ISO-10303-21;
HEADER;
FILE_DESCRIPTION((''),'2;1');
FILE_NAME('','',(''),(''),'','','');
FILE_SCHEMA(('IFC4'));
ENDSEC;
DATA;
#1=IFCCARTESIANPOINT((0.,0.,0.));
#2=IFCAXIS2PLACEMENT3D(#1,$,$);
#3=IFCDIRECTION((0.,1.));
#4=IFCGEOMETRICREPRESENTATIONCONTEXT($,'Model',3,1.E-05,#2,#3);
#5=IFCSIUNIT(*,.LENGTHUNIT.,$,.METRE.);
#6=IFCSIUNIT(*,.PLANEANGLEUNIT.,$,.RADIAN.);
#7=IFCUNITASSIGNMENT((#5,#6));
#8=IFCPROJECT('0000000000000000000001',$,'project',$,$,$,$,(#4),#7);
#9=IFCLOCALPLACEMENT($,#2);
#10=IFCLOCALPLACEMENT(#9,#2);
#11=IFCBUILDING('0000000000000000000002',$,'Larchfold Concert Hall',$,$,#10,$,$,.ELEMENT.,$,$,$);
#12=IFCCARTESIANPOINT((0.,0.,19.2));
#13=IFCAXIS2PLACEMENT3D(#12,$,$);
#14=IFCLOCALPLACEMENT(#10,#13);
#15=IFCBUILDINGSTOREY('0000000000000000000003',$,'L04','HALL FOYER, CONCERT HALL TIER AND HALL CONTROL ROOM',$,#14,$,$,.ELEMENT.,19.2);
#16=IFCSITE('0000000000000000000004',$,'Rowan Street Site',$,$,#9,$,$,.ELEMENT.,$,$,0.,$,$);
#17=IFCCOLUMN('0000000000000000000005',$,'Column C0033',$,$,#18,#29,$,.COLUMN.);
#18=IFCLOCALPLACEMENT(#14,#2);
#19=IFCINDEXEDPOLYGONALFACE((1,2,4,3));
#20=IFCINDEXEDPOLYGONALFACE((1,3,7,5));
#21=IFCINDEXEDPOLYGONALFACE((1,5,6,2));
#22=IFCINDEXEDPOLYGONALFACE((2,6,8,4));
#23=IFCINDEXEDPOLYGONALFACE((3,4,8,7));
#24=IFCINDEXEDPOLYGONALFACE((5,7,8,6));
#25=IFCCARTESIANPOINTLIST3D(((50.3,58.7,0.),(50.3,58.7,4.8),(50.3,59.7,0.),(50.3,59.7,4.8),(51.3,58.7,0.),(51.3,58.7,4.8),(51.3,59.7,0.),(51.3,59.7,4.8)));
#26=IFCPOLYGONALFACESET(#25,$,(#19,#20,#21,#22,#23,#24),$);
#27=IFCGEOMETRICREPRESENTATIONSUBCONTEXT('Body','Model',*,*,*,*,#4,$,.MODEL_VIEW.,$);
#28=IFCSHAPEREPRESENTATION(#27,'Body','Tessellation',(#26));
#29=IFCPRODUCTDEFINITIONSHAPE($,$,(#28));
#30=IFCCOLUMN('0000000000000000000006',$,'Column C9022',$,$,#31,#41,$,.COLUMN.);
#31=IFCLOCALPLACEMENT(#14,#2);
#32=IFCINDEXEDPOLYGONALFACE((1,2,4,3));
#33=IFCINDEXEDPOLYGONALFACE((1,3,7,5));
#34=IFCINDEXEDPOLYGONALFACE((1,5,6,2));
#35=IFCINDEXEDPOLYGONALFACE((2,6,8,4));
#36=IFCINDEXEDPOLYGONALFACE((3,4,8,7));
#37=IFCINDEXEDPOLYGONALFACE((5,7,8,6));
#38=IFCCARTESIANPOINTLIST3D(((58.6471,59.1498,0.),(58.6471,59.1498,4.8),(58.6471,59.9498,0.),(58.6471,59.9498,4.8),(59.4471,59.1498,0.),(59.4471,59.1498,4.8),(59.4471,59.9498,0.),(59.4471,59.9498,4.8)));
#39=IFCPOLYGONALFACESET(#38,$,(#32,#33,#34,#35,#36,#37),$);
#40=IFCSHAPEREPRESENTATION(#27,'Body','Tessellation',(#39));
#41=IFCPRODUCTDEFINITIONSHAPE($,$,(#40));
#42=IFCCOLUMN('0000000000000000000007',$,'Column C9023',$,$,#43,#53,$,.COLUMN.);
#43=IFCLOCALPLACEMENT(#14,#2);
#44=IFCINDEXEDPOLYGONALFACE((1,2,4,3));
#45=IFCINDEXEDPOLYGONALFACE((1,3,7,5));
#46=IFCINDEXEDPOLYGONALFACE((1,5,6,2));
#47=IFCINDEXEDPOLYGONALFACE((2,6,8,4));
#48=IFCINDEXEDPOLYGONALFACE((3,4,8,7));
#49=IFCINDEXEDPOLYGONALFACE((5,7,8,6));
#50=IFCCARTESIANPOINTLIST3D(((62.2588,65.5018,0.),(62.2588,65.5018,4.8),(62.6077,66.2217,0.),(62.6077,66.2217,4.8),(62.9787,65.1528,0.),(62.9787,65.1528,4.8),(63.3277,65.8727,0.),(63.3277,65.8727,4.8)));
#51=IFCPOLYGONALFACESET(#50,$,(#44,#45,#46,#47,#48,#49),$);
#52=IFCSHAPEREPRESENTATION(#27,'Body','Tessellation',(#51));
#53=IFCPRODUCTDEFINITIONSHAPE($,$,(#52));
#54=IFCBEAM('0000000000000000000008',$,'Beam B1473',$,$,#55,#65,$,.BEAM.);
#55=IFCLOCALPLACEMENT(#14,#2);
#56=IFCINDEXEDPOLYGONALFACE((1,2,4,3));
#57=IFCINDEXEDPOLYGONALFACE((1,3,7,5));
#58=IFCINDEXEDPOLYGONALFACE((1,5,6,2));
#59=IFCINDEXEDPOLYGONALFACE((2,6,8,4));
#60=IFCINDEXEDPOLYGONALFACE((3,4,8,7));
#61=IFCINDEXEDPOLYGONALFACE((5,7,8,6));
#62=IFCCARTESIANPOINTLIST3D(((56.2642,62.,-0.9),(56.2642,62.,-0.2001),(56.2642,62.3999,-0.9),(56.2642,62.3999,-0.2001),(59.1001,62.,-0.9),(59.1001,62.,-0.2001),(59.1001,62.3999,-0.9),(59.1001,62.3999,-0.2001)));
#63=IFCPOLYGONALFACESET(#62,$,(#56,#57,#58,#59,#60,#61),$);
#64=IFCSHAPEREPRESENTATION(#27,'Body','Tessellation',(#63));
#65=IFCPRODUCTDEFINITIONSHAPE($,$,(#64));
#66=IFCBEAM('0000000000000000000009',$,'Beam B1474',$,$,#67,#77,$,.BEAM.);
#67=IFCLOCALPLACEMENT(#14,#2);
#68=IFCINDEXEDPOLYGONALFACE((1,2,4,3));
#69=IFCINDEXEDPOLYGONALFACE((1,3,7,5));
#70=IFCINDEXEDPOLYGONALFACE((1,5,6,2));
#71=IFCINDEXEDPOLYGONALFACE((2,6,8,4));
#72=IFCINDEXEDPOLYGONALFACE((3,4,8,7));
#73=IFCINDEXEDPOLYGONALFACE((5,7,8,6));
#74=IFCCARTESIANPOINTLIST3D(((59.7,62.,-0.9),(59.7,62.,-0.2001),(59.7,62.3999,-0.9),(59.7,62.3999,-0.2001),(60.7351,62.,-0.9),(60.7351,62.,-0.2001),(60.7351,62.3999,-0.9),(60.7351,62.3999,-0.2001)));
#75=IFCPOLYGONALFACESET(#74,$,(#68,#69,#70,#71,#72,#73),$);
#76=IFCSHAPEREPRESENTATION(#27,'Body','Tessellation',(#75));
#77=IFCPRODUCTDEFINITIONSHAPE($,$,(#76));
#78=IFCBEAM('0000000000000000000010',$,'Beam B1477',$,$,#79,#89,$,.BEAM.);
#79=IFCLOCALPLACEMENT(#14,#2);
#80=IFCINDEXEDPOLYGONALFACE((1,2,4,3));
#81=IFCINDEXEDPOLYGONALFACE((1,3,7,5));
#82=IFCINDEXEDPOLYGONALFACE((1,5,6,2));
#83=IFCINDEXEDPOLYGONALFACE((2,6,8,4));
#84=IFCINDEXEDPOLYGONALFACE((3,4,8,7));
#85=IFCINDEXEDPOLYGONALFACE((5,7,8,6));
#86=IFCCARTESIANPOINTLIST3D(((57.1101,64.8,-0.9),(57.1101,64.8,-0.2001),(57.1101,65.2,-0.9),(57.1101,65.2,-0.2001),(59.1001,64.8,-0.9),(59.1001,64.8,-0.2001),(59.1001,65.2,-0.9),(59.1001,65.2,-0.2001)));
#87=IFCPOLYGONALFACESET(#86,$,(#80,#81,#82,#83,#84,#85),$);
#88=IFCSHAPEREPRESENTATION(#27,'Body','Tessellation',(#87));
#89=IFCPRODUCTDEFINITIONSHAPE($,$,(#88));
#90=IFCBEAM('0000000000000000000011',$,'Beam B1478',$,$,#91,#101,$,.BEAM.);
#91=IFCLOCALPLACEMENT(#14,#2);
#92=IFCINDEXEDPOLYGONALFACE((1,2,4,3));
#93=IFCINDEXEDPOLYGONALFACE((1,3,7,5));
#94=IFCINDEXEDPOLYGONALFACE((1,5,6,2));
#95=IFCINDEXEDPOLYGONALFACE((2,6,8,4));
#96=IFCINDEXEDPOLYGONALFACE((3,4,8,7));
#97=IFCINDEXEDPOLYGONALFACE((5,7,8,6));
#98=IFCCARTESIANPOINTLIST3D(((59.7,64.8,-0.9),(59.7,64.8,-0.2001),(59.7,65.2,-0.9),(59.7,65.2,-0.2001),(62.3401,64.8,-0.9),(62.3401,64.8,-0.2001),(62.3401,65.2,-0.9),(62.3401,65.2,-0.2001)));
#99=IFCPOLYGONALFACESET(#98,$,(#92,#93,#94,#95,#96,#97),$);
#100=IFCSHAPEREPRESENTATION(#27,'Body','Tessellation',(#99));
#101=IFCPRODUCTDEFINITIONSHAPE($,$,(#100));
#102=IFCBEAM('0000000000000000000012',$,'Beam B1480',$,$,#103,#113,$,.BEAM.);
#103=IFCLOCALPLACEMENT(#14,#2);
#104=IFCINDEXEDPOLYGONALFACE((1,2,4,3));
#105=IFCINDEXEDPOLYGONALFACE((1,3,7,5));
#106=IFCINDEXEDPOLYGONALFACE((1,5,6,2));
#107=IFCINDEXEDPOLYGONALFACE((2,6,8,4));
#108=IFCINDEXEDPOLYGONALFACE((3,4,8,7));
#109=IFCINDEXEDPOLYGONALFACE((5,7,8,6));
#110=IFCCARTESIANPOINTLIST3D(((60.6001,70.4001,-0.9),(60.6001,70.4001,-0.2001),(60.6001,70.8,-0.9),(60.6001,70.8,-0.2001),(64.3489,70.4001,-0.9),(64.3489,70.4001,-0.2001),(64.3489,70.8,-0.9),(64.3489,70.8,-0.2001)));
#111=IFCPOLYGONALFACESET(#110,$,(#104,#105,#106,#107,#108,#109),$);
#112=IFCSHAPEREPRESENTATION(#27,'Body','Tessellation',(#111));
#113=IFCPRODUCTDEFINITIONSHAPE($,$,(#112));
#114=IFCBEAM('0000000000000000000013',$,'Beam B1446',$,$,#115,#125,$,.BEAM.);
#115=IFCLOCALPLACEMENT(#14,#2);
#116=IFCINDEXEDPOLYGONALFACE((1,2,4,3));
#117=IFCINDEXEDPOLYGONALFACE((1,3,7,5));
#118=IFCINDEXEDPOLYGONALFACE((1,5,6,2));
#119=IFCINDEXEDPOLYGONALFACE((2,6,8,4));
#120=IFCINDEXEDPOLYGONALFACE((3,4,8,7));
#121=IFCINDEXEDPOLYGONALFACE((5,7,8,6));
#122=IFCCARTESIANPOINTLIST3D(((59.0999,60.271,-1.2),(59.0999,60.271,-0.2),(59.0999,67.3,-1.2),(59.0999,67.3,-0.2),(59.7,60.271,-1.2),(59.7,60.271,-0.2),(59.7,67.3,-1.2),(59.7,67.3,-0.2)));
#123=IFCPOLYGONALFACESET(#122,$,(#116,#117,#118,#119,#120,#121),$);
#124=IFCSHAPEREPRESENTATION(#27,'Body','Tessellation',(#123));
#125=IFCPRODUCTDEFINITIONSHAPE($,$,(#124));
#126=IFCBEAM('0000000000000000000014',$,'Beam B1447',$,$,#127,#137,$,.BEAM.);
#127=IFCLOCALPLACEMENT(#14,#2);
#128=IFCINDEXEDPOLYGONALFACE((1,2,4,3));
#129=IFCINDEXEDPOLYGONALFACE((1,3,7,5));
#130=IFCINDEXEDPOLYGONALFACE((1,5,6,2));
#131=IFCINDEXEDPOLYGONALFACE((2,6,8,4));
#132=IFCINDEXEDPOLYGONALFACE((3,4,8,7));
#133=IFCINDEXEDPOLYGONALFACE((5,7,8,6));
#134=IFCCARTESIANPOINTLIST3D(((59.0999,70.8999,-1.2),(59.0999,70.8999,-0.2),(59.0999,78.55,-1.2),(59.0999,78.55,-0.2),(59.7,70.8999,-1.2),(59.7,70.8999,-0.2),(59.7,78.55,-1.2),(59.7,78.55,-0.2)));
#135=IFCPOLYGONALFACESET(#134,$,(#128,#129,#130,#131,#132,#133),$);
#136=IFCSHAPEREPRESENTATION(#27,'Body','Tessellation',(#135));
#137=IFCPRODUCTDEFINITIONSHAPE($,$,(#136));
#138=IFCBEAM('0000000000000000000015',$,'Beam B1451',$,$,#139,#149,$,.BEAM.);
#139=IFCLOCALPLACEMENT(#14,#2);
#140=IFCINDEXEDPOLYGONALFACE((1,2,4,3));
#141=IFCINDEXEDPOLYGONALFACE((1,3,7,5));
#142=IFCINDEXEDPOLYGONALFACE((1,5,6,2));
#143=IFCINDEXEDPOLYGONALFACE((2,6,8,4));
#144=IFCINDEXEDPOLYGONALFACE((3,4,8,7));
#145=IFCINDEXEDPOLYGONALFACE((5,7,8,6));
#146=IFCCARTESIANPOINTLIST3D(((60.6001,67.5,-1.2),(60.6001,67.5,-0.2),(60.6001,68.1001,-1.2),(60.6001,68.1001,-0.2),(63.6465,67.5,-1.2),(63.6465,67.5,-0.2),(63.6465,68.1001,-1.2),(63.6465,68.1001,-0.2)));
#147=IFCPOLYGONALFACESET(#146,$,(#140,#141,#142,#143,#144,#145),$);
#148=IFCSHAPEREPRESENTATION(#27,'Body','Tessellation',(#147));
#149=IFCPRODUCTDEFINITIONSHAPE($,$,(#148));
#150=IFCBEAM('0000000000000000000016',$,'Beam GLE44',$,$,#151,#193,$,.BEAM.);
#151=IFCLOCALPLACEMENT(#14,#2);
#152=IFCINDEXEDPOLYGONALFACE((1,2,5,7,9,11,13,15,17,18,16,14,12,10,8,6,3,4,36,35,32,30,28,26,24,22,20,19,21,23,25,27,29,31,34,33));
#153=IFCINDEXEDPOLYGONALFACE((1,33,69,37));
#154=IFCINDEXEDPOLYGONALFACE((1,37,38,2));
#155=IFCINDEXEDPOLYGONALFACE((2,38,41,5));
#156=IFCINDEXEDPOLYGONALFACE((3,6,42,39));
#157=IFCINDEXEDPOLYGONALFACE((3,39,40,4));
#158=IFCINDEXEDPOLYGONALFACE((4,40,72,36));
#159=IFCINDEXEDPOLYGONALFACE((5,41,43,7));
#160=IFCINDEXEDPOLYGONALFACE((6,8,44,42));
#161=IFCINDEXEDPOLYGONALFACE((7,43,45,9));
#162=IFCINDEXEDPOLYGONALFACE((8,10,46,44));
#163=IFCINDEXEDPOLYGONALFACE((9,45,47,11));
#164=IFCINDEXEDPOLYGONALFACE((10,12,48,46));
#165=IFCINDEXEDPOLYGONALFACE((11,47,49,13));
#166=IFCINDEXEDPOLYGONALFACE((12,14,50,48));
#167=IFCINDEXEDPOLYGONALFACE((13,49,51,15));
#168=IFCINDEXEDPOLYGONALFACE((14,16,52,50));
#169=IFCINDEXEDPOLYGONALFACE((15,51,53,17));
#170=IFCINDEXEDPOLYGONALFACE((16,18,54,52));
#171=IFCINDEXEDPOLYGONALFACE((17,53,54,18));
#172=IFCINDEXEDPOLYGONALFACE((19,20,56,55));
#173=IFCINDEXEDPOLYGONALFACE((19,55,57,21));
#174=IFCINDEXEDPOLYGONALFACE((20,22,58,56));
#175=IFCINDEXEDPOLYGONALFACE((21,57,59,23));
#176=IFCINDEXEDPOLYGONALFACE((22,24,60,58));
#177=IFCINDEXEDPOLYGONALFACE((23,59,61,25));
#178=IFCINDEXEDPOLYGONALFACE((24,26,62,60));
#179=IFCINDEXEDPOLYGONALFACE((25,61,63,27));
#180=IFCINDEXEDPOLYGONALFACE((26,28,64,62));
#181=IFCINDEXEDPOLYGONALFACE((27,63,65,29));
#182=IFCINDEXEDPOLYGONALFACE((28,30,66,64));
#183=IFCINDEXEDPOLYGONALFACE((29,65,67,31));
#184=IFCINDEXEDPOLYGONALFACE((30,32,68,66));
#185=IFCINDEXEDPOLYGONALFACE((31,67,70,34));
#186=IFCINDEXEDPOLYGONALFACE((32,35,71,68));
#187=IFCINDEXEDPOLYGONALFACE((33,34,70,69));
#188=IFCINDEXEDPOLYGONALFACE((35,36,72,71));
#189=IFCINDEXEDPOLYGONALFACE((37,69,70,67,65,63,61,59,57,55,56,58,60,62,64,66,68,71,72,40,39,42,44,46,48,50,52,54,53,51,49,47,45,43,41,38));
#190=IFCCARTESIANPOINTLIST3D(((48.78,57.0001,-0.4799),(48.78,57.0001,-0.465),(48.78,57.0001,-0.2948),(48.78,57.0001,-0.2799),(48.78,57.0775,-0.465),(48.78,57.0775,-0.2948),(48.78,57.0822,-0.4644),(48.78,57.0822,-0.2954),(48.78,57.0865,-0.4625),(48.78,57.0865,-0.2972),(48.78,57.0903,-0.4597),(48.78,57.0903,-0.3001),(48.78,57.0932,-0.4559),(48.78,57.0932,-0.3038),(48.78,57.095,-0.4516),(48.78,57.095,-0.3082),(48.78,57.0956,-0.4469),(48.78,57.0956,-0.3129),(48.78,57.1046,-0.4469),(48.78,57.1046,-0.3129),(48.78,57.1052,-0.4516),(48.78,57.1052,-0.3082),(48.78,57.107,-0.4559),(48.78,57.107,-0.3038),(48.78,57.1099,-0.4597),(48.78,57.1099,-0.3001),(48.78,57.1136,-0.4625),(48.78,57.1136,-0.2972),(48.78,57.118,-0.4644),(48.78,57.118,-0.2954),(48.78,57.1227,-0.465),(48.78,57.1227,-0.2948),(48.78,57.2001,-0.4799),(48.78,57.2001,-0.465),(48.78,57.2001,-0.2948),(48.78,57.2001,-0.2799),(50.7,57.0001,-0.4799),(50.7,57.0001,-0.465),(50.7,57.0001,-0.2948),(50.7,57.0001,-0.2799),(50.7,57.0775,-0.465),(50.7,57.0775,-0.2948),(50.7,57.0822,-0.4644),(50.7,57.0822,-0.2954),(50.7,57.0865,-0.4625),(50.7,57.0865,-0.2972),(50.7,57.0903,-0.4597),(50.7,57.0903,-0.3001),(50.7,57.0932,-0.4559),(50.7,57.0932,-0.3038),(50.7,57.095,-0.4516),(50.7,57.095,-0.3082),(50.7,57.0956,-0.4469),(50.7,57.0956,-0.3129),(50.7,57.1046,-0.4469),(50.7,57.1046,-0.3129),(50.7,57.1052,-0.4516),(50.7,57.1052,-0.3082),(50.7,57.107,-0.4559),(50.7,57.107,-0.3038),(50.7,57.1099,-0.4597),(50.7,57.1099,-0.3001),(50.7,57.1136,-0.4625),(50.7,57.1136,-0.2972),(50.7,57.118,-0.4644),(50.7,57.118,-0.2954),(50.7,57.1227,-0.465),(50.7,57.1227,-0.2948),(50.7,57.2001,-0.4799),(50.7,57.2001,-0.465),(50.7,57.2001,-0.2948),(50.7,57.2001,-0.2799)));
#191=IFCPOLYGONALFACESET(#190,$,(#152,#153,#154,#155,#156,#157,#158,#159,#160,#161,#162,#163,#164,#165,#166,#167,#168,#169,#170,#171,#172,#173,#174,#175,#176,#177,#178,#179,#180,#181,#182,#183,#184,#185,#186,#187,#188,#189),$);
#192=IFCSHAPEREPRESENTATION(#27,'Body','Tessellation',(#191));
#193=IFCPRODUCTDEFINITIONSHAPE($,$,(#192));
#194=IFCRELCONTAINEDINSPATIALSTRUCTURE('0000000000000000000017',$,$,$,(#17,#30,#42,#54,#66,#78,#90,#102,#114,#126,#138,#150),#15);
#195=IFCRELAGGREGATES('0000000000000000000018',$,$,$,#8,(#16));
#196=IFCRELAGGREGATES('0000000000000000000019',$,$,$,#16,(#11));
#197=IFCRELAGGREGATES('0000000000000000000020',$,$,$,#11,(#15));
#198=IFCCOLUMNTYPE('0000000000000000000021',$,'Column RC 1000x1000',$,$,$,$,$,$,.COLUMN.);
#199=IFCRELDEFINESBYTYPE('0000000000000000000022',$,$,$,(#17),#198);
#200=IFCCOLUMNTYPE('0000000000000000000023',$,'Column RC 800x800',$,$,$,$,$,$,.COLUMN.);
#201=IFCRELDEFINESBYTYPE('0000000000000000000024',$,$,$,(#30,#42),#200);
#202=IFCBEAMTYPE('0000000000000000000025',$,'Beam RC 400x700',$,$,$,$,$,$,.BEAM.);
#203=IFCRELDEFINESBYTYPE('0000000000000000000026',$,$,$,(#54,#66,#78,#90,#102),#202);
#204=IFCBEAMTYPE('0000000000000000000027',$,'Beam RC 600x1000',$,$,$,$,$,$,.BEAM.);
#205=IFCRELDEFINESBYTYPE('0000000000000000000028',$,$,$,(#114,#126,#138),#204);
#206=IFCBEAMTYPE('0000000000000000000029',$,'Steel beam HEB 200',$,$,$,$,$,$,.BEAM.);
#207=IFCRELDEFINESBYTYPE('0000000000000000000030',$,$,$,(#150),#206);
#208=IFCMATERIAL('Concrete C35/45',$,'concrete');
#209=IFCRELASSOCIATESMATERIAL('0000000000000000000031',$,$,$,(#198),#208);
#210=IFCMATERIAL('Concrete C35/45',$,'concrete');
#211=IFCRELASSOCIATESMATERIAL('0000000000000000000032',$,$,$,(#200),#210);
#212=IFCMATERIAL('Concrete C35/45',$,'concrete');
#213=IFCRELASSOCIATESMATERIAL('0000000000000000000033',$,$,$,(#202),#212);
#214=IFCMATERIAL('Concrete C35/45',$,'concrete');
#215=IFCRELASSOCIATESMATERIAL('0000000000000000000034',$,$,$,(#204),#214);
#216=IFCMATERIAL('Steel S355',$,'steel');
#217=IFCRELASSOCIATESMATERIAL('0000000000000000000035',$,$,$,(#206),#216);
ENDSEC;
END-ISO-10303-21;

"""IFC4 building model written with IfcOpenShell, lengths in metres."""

from ifc_helpers import new_model, si_unit, direction, frame, origin, origin_2d, place, context, subcontext, project, spatial, rectangle, i_section, extrude, material, material_profile, profile_set, type_object, element, save


model = new_model("IFC4")

# Units and contexts
model_context = context("Model", 3, precision=1e-05, world=origin(), true_north=direction((0.0, 1.0)))
body_context = subcontext(model_context, "Body", "Model", "MODEL_VIEW")
ifc_project = project(units=[si_unit("LENGTHUNIT", "METRE"), si_unit("PLANEANGLEUNIT", "RADIAN")], contexts=[model_context])

# Site, building, storey
site_placement = place(None, origin())
site = spatial("IfcSite", under=ifc_project, at=site_placement, Name="Rowan Street Site", CompositionType="ELEMENT", RefElevation=0.0)
building_placement = place(site_placement, origin())
building = spatial("IfcBuilding", under=site, at=building_placement, Name="Larchfold Concert Hall", CompositionType="ELEMENT")
storey_placement = place(building_placement, frame((0.0, 0.0, 19.2)))
storey = spatial("IfcBuildingStorey", under=building, at=storey_placement, Name="L04", Description="HALL FOYER, CONCERT HALL TIER AND HALL CONTROL ROOM", CompositionType="ELEMENT", Elevation=19.2)

# Columns
ifc_material_1 = material(Name="Concrete C35/45", Category="concrete")
ifc_material_profile_1 = material_profile(ifc_material_1, rectangle(XDim=1.0, YDim=1.0, at=origin_2d()))
ifc_profile_set_1 = profile_set([ifc_material_profile_1], Name="Concrete C35/45")
column_type_1 = type_object("IfcColumnType", Name="Column RC 1000x1000", PredefinedType="COLUMN", material=ifc_profile_set_1)
column_placement = place(storey_placement, frame((50.8, 59.2, 0.0), z_axis=(0.0, 0.0, 1.0), x_axis=(1.0, 0.0, 0.0)))
element("IfcColumn", 1, at=column_placement, inside=storey, type_object=column_type_1, Name="Column C0033", PredefinedType="COLUMN", context=body_context, shape_type="SweptSolid", body=[
    extrude(rectangle(XDim=1.0, YDim=1.0, at=origin_2d()), origin(), (0.0, 0.0, 1.0), 4.8),
])
ifc_material_2 = material(Name="Concrete C35/45", Category="concrete")
ifc_material_profile_2 = material_profile(ifc_material_2, rectangle(XDim=0.8, YDim=0.8, at=origin_2d()))
ifc_profile_set_2 = profile_set([ifc_material_profile_2], Name="Concrete C35/45")
column_type_2 = type_object("IfcColumnType", Name="Column RC 800x800", PredefinedType="COLUMN", material=ifc_profile_set_2)
for number, where, z_axis, x_axis, name in (
    (2, (59.0471, 59.5498, 0.0), (0.0, 0.0, 1.0), (1.0, 0.0, 0.0), "Column C9022"),
    (3, (62.7932, 65.6873, 0.0), (0.0, 0.0, 1.0), (0.436211, 0.899844, 0.0), "Column C9023"),
):
    element("IfcColumn", number, at=place(storey_placement, frame(where, z_axis=z_axis, x_axis=x_axis)), inside=storey, type_object=column_type_2, Name=name, PredefinedType="COLUMN", context=body_context, shape_type="SweptSolid", body=[
        extrude(rectangle(XDim=0.8, YDim=0.8, at=origin_2d()), origin(), (0.0, 0.0, 1.0), 4.8),
    ])

# Beams
ifc_material_3 = material(Name="Concrete C35/45", Category="concrete")
ifc_material_profile_3 = material_profile(ifc_material_3, rectangle(XDim=0.3999, YDim=0.7, at=origin_2d()))
ifc_profile_set_3 = profile_set([ifc_material_profile_3], Name="Concrete C35/45")
beam_type_1 = type_object("IfcBeamType", Name="Beam RC 400x700", PredefinedType="BEAM", material=ifc_profile_set_3)
beam_1_placement = place(storey_placement, frame((56.2642, 62.2, -0.55), z_axis=(1.0, 0.0, 0.0), x_axis=(0.0, 1.0, 0.0)))
element("IfcBeam", 4, at=beam_1_placement, inside=storey, type_object=beam_type_1, Name="Beam B1473", PredefinedType="BEAM", context=body_context, shape_type="SweptSolid", body=[
    extrude(rectangle(XDim=0.3999, YDim=0.7, at=origin_2d()), origin(), (0.0, 0.0, 1.0), 2.8359),
])
beam_2_placement = place(storey_placement, frame((59.7, 62.2, -0.55), z_axis=(1.0, 0.0, 0.0), x_axis=(0.0, 1.0, 0.0)))
element("IfcBeam", 5, at=beam_2_placement, inside=storey, type_object=beam_type_1, Name="Beam B1474", PredefinedType="BEAM", context=body_context, shape_type="SweptSolid", body=[
    extrude(rectangle(XDim=0.3999, YDim=0.7, at=origin_2d()), origin(), (0.0, 0.0, 1.0), 1.0352),
])
beam_3_placement = place(storey_placement, frame((57.1101, 65.0, -0.55), z_axis=(1.0, 0.0, 0.0), x_axis=(0.0, 1.0, 0.0)))
element("IfcBeam", 6, at=beam_3_placement, inside=storey, type_object=beam_type_1, Name="Beam B1477", PredefinedType="BEAM", context=body_context, shape_type="SweptSolid", body=[
    extrude(rectangle(XDim=0.3999, YDim=0.7, at=origin_2d()), origin(), (0.0, 0.0, 1.0), 1.99),
])
beam_4_placement = place(storey_placement, frame((59.7, 65.0, -0.55), z_axis=(1.0, 0.0, 0.0), x_axis=(0.0, 1.0, 0.0)))
element("IfcBeam", 7, at=beam_4_placement, inside=storey, type_object=beam_type_1, Name="Beam B1478", PredefinedType="BEAM", context=body_context, shape_type="SweptSolid", body=[
    extrude(rectangle(XDim=0.3999, YDim=0.7, at=origin_2d()), origin(), (0.0, 0.0, 1.0), 2.6401),
])
beam_5_placement = place(storey_placement, frame((60.6001, 70.6001, -0.55), z_axis=(1.0, 0.0, 0.0), x_axis=(0.0, 1.0, 0.0)))
element("IfcBeam", 8, at=beam_5_placement, inside=storey, type_object=beam_type_1, Name="Beam B1480", PredefinedType="BEAM", context=body_context, shape_type="SweptSolid", body=[
    extrude(rectangle(XDim=0.3999, YDim=0.7, at=origin_2d()), origin(), (0.0, 0.0, 1.0), 3.7488),
])
ifc_material_4 = material(Name="Concrete C35/45", Category="concrete")
ifc_material_profile_4 = material_profile(ifc_material_4, rectangle(XDim=0.6001, YDim=1.0, at=origin_2d()))
ifc_profile_set_4 = profile_set([ifc_material_profile_4], Name="Concrete C35/45")
beam_type_2 = type_object("IfcBeamType", Name="Beam RC 600x1000", PredefinedType="BEAM", material=ifc_profile_set_4)
beam_6_placement = place(storey_placement, frame((59.3999, 60.271, -0.7), z_axis=(0.0, 1.0, 0.0), x_axis=(-1.0, 0.0, 0.0)))
element("IfcBeam", 9, at=beam_6_placement, inside=storey, type_object=beam_type_2, Name="Beam B1446", PredefinedType="BEAM", context=body_context, shape_type="SweptSolid", body=[
    extrude(rectangle(XDim=0.6001, YDim=1.0, at=origin_2d()), origin(), (0.0, 0.0, 1.0), 7.0291),
])
beam_7_placement = place(storey_placement, frame((59.3999, 70.8999, -0.7), z_axis=(0.0, 1.0, 0.0), x_axis=(-1.0, 0.0, 0.0)))
element("IfcBeam", 10, at=beam_7_placement, inside=storey, type_object=beam_type_2, Name="Beam B1447", PredefinedType="BEAM", context=body_context, shape_type="SweptSolid", body=[
    extrude(rectangle(XDim=0.6001, YDim=1.0, at=origin_2d()), origin(), (0.0, 0.0, 1.0), 7.6501),
])
beam_8_placement = place(storey_placement, frame((60.6001, 67.8, -0.7), z_axis=(1.0, 0.0, 0.0), x_axis=(0.0, 1.0, 0.0)))
element("IfcBeam", 11, at=beam_8_placement, inside=storey, type_object=beam_type_2, Name="Beam B1451", PredefinedType="BEAM", context=body_context, shape_type="SweptSolid", body=[
    extrude(rectangle(XDim=0.6001, YDim=1.0, at=origin_2d()), origin(), (0.0, 0.0, 1.0), 3.0464),
])
ifc_material_5 = material(Name="Steel S355", Category="steel")
ifc_material_profile_5 = material_profile(ifc_material_5, i_section(OverallWidth=0.2, OverallDepth=0.2, WebThickness=0.009, FlangeThickness=0.0149, FilletRadius=0.0181, at=origin_2d()))
ifc_profile_set_5 = profile_set([ifc_material_profile_5], Name="Steel S355")
beam_type_3 = type_object("IfcBeamType", Name="Steel beam HEB 200", PredefinedType="BEAM", material=ifc_profile_set_5)
beam_9_placement = place(storey_placement, frame((50.7, 57.1001, -0.3799), z_axis=(-1.0, 0.0, 0.0), x_axis=(0.0, -1.0, 0.0)))
element("IfcBeam", 12, at=beam_9_placement, inside=storey, type_object=beam_type_3, Name="Beam GLE44", PredefinedType="BEAM", context=body_context, shape_type="SweptSolid", body=[
    extrude(i_section(OverallWidth=0.2, OverallDepth=0.2, WebThickness=0.009, FlangeThickness=0.0149, FilletRadius=0.0181, at=origin_2d()), origin(), (0.0, 0.0, 1.0), 1.9199),
])

save(model, "model.ifc")
